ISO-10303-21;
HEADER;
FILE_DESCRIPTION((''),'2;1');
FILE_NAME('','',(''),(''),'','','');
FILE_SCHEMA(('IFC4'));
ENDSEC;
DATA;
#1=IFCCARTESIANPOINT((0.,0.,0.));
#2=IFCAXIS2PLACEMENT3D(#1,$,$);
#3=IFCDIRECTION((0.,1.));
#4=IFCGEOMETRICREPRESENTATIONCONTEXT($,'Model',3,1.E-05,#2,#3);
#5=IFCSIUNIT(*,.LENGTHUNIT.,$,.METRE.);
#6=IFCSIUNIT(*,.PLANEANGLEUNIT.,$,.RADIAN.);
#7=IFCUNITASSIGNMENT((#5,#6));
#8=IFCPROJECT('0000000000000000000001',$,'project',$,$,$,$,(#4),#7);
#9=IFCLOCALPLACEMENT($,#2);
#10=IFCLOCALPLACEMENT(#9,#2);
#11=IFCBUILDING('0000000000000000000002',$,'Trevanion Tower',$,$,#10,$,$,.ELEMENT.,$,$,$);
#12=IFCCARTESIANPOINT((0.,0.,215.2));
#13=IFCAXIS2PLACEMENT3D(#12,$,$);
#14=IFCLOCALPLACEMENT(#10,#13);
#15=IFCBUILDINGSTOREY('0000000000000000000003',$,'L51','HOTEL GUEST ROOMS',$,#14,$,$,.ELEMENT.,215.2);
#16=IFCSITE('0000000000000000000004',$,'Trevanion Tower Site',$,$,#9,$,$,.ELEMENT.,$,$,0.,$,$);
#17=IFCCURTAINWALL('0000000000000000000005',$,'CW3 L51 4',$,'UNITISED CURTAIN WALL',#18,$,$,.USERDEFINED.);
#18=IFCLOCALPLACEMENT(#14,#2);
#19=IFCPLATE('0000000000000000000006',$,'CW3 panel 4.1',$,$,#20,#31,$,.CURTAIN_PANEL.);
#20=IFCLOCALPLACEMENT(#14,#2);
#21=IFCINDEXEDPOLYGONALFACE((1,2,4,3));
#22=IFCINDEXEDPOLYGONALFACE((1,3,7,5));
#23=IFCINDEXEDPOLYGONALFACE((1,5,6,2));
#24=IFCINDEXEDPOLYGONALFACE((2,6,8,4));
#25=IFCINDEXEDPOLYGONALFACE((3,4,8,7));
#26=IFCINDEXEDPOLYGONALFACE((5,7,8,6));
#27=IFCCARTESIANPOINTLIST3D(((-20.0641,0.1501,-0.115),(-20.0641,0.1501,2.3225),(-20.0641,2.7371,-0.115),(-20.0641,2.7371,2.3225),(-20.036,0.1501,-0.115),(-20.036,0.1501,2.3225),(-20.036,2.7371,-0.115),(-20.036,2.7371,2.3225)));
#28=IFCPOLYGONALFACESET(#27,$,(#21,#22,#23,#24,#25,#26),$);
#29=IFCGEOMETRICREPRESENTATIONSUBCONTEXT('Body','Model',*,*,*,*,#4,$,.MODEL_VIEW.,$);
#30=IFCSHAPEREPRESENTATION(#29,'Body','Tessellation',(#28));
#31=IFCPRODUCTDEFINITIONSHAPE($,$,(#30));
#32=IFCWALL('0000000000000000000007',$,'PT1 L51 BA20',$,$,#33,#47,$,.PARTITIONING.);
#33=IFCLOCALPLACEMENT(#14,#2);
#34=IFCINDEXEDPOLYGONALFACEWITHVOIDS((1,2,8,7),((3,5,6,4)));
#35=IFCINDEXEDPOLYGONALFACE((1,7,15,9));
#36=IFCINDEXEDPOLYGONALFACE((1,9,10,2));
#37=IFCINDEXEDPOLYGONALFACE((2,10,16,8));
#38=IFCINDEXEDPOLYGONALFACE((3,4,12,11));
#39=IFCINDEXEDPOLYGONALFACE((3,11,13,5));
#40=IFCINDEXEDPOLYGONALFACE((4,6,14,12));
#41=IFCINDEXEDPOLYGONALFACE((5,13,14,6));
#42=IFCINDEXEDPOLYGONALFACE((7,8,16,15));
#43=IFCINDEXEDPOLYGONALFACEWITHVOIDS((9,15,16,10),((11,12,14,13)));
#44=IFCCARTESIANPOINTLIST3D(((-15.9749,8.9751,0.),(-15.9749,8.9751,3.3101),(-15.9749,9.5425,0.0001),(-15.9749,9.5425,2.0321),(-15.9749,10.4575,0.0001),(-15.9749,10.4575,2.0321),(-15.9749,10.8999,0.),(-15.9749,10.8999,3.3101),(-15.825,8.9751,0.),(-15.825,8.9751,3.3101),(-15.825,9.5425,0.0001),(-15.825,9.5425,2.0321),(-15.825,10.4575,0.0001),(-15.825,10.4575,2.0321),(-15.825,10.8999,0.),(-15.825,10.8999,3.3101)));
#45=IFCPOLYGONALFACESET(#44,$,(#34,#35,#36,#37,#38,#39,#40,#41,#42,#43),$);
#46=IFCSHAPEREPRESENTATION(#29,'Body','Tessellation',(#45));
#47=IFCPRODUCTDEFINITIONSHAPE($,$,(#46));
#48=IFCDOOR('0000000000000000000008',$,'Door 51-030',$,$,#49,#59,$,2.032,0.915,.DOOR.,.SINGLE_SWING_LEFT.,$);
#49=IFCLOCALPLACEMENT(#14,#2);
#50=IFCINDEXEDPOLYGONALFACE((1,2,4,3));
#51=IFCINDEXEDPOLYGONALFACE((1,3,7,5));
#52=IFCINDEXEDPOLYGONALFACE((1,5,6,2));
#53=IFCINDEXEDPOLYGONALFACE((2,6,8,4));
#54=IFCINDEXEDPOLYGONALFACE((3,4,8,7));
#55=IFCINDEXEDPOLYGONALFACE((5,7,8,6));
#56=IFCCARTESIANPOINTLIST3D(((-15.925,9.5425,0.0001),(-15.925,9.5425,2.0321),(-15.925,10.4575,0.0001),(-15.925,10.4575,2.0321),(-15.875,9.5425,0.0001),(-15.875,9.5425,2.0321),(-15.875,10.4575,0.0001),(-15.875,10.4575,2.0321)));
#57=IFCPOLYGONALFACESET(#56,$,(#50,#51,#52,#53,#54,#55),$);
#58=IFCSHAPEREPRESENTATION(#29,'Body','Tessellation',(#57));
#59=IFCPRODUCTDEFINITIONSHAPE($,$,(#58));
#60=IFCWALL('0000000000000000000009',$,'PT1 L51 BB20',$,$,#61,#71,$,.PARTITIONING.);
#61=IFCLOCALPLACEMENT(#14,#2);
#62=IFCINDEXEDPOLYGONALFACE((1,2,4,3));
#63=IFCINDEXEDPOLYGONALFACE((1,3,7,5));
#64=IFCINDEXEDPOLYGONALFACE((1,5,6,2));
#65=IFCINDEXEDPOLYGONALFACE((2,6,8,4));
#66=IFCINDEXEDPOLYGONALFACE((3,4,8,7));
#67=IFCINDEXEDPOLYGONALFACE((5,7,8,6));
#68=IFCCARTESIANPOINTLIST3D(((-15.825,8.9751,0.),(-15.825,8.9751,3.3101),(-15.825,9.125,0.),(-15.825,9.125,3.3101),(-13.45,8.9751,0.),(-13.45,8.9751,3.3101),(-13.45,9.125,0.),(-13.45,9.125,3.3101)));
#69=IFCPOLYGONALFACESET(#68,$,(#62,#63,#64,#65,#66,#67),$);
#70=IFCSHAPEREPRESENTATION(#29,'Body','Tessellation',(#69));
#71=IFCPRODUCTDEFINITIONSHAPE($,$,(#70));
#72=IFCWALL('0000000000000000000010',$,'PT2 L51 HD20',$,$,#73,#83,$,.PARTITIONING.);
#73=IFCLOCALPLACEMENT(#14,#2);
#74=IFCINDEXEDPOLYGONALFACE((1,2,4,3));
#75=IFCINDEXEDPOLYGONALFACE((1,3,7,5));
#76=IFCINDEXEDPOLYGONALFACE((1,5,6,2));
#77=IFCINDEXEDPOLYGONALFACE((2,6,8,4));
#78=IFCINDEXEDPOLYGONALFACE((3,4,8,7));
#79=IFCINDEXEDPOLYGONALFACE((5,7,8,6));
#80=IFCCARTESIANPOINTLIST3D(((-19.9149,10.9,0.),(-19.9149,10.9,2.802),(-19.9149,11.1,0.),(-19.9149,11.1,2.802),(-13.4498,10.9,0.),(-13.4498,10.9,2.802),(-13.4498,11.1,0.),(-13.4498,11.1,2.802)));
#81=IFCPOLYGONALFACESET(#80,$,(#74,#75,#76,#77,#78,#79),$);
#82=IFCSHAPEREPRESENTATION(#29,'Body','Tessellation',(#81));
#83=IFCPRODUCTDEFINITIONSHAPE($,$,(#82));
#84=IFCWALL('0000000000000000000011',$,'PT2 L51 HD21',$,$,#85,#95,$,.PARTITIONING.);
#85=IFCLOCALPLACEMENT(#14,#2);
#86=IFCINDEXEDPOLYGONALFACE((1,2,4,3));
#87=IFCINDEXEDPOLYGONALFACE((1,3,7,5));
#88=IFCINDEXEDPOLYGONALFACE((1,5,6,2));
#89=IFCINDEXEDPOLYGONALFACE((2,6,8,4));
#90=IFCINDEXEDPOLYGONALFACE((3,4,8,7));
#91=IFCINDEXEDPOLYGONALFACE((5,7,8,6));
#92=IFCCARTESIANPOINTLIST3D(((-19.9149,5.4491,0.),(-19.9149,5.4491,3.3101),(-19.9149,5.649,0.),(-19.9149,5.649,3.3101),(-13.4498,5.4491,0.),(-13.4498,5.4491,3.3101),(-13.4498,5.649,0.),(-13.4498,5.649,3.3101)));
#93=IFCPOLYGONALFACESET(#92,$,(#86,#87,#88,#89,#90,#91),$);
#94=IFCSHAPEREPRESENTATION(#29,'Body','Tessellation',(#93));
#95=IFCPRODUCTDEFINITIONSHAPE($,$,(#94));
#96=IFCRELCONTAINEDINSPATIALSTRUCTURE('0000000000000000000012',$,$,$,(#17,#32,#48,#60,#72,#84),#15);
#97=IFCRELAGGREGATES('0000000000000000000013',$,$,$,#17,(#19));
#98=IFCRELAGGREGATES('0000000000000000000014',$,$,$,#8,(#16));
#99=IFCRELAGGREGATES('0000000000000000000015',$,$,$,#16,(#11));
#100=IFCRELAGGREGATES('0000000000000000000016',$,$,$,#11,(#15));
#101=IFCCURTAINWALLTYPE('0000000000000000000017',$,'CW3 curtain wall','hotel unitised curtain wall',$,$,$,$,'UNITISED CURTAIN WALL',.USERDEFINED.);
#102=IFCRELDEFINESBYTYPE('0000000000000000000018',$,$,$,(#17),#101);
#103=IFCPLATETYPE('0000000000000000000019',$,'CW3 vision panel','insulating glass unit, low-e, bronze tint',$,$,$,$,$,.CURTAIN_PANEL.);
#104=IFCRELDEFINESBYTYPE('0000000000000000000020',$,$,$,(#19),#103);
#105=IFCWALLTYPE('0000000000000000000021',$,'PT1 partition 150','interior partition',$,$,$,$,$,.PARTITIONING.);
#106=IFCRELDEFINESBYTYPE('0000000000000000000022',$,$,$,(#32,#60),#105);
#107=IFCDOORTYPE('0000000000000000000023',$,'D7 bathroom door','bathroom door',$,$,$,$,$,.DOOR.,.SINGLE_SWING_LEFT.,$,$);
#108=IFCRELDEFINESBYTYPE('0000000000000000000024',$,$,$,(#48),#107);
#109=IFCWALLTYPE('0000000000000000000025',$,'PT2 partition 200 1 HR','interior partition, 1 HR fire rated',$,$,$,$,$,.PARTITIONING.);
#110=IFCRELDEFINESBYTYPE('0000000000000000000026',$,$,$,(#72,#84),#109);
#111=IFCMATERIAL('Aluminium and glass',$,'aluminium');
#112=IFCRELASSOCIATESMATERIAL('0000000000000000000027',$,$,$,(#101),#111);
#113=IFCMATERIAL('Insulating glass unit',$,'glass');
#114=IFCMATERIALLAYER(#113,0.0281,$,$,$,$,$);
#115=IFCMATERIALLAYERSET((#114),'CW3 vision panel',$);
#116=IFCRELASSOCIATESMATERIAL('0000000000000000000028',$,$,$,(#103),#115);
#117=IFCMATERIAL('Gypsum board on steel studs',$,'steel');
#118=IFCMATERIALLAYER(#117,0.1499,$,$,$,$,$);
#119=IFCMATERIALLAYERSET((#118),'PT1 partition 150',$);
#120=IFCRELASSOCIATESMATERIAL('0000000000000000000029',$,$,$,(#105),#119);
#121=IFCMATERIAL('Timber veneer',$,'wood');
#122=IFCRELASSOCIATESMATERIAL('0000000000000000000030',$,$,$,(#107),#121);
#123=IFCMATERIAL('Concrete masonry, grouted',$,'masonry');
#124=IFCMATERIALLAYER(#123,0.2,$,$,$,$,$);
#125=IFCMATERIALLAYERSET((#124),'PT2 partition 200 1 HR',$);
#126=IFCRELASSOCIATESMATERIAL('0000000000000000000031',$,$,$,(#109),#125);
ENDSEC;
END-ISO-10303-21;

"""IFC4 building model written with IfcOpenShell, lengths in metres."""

from ifc_helpers import new_model, si_unit, direction, frame, frame_2d, origin, origin_2d, place, context, subcontext, project, spatial, rectangle, extrude, material, layer, layer_set, type_object, element, fill, aggregate, save


model = new_model("IFC4")

# Units and contexts
model_context = context("Model", 3, precision=1e-05, world=origin(), true_north=direction((0.0, 1.0)))
body_context = subcontext(model_context, "Body", "Model", "MODEL_VIEW")
ifc_project = project(units=[si_unit("LENGTHUNIT", "METRE"), si_unit("PLANEANGLEUNIT", "RADIAN")], contexts=[model_context])

# Site, building, storey
site_placement = place(None, origin())
site = spatial("IfcSite", under=ifc_project, at=site_placement, Name="Trevanion Tower Site", CompositionType="ELEMENT", RefElevation=0.0)
building_placement = place(site_placement, origin())
building = spatial("IfcBuilding", under=site, at=building_placement, Name="Trevanion Tower", CompositionType="ELEMENT")
storey_placement = place(building_placement, frame((0.0, 0.0, 215.2)))
storey = spatial("IfcBuildingStorey", under=building, at=storey_placement, Name="L51", Description="HOTEL GUEST ROOMS", CompositionType="ELEMENT", Elevation=215.2)

# Curtain wall
ifc_material_1 = material(Name="Aluminium and glass", Category="aluminium")
curtain_wall_type = type_object("IfcCurtainWallType", Name="CW3 curtain wall", Description="hotel unitised curtain wall", ElementType="UNITISED CURTAIN WALL", PredefinedType="USERDEFINED", material=ifc_material_1)
curtain_wall_placement = place(storey_placement, origin())
curtain_wall = element("IfcCurtainWall", 1, at=curtain_wall_placement, inside=storey, type_object=curtain_wall_type, Name="CW3 L51 4", ObjectType="UNITISED CURTAIN WALL", PredefinedType="USERDEFINED")

# Plate
ifc_material_2 = material(Name="Insulating glass unit", Category="glass")
ifc_layer_1 = layer(ifc_material_2, 0.0281)
ifc_layer_set_1 = layer_set([ifc_layer_1], Name="CW3 vision panel")
plate_type_1 = type_object("IfcPlateType", Name="CW3 vision panel", Description="insulating glass unit, low-e, bronze tint", PredefinedType="CURTAIN_PANEL", material=ifc_layer_set_1)
plate_1_placement = place(storey_placement, frame((-20.05, 1.4436, -0.115), z_axis=(0.0, 0.0, 1.0), x_axis=(0.0, -1.0, 0.0)))
plate_1 = element("IfcPlate", 2, at=plate_1_placement, type_object=plate_type_1, Name="CW3 panel 4.1", PredefinedType="CURTAIN_PANEL", context=body_context, shape_type="SweptSolid", body=[
    extrude(rectangle(XDim=2.5869, YDim=0.0281, at=origin_2d()), origin(), (0.0, 0.0, 1.0), 2.4375),
])
aggregate(curtain_wall, [plate_1])

# Wall, opening, door
ifc_material_3 = material(Name="Gypsum board on steel studs", Category="steel")
ifc_layer_2 = layer(ifc_material_3, 0.1499)
ifc_layer_set_2 = layer_set([ifc_layer_2], Name="PT1 partition 150")
wall_type_1 = type_object("IfcWallType", Name="PT1 partition 150", Description="interior partition", PredefinedType="PARTITIONING", material=ifc_layer_set_2)
wall_1_placement = place(storey_placement, frame((-15.8999, 10.8999, 0.0), z_axis=(0.0, 0.0, 1.0), x_axis=(0.0, -1.0, 0.0)))
wall_1 = element("IfcWall", 3, at=wall_1_placement, inside=storey, type_object=wall_type_1, Name="PT1 L51 BA20", PredefinedType="PARTITIONING", context=body_context, shape_type="SweptSolid", body=[
    extrude(rectangle(XDim=1.9248, YDim=0.1499, at=frame_2d((0.9624, 0.0))), origin(), (0.0, 0.0, 1.0), 3.3101),
])
opening_placement = place(wall_1_placement, frame((0.4424, 0.0, 0.0)))
opening = element("IfcOpeningElement", 4, at=opening_placement, cuts=wall_1, PredefinedType="OPENING", context=body_context, shape_type="SweptSolid", body=[
    extrude(rectangle(XDim=0.915, YDim=2.032, at=frame_2d((0.4575, 1.0161))), frame((0.0, 0.085, 0.0), z_axis=(0.0, -1.0, 0.0), x_axis=(1.0, 0.0, 0.0)), (0.0, 0.0, 1.0), 0.1699),
])
ifc_material_4 = material(Name="Timber veneer", Category="wood")
door_type = type_object("IfcDoorType", Name="D7 bathroom door", Description="bathroom door", OperationType="SINGLE_SWING_LEFT", PredefinedType="DOOR", material=ifc_material_4)
door_placement = place(opening_placement, origin())
door = element("IfcDoor", 5, at=door_placement, inside=storey, type_object=door_type, Name="Door 51-030", OperationType="SINGLE_SWING_LEFT", OverallHeight=2.032, OverallWidth=0.915, PredefinedType="DOOR", context=body_context, shape_type="SweptSolid", body=[
    extrude(rectangle(XDim=0.915, YDim=2.032, at=frame_2d((0.4575, 1.0161))), frame((0.0, 0.0249, 0.0), z_axis=(0.0, -1.0, 0.0), x_axis=(1.0, 0.0, 0.0)), (0.0, 0.0, 1.0), 0.05),
])
fill(opening, door)

# Walls
wall_2_placement = place(storey_placement, frame((-13.45, 9.05, 0.0), z_axis=(0.0, 0.0, 1.0), x_axis=(-1.0, 0.0, 0.0)))
element("IfcWall", 6, at=wall_2_placement, inside=storey, type_object=wall_type_1, Name="PT1 L51 BB20", PredefinedType="PARTITIONING", context=body_context, shape_type="SweptSolid", body=[
    extrude(rectangle(XDim=2.375, YDim=0.1499, at=frame_2d((1.1875, 0.0))), origin(), (0.0, 0.0, 1.0), 3.3101),
])
ifc_material_5 = material(Name="Concrete masonry, grouted", Category="masonry")
ifc_layer_3 = layer(ifc_material_5, 0.2)
ifc_layer_set_3 = layer_set([ifc_layer_3], Name="PT2 partition 200 1 HR")
wall_type_2 = type_object("IfcWallType", Name="PT2 partition 200 1 HR", Description="interior partition, 1 HR fire rated", PredefinedType="PARTITIONING", material=ifc_layer_set_3)
wall_3_placement = place(storey_placement, frame((-13.45, 11.0, 0.0), z_axis=(0.0, 0.0, 1.0), x_axis=(-1.0, 0.0, 0.0)))
element("IfcWall", 7, at=wall_3_placement, inside=storey, type_object=wall_type_2, Name="PT2 L51 HD20", PredefinedType="PARTITIONING", context=body_context, shape_type="SweptSolid", body=[
    extrude(rectangle(XDim=6.4651, YDim=0.2, at=frame_2d((3.2324, 0.0))), origin(), (0.0, 0.0, 1.0), 2.802),
])
wall_4_placement = place(storey_placement, frame((-13.45, 5.5491, 0.0), z_axis=(0.0, 0.0, 1.0), x_axis=(-1.0, 0.0, 0.0)))
element("IfcWall", 8, at=wall_4_placement, inside=storey, type_object=wall_type_2, Name="PT2 L51 HD21", PredefinedType="PARTITIONING", context=body_context, shape_type="SweptSolid", body=[
    extrude(rectangle(XDim=6.4651, YDim=0.2, at=frame_2d((3.2324, 0.0))), origin(), (0.0, 0.0, 1.0), 3.3101),
])

save(model, "model.ifc")
